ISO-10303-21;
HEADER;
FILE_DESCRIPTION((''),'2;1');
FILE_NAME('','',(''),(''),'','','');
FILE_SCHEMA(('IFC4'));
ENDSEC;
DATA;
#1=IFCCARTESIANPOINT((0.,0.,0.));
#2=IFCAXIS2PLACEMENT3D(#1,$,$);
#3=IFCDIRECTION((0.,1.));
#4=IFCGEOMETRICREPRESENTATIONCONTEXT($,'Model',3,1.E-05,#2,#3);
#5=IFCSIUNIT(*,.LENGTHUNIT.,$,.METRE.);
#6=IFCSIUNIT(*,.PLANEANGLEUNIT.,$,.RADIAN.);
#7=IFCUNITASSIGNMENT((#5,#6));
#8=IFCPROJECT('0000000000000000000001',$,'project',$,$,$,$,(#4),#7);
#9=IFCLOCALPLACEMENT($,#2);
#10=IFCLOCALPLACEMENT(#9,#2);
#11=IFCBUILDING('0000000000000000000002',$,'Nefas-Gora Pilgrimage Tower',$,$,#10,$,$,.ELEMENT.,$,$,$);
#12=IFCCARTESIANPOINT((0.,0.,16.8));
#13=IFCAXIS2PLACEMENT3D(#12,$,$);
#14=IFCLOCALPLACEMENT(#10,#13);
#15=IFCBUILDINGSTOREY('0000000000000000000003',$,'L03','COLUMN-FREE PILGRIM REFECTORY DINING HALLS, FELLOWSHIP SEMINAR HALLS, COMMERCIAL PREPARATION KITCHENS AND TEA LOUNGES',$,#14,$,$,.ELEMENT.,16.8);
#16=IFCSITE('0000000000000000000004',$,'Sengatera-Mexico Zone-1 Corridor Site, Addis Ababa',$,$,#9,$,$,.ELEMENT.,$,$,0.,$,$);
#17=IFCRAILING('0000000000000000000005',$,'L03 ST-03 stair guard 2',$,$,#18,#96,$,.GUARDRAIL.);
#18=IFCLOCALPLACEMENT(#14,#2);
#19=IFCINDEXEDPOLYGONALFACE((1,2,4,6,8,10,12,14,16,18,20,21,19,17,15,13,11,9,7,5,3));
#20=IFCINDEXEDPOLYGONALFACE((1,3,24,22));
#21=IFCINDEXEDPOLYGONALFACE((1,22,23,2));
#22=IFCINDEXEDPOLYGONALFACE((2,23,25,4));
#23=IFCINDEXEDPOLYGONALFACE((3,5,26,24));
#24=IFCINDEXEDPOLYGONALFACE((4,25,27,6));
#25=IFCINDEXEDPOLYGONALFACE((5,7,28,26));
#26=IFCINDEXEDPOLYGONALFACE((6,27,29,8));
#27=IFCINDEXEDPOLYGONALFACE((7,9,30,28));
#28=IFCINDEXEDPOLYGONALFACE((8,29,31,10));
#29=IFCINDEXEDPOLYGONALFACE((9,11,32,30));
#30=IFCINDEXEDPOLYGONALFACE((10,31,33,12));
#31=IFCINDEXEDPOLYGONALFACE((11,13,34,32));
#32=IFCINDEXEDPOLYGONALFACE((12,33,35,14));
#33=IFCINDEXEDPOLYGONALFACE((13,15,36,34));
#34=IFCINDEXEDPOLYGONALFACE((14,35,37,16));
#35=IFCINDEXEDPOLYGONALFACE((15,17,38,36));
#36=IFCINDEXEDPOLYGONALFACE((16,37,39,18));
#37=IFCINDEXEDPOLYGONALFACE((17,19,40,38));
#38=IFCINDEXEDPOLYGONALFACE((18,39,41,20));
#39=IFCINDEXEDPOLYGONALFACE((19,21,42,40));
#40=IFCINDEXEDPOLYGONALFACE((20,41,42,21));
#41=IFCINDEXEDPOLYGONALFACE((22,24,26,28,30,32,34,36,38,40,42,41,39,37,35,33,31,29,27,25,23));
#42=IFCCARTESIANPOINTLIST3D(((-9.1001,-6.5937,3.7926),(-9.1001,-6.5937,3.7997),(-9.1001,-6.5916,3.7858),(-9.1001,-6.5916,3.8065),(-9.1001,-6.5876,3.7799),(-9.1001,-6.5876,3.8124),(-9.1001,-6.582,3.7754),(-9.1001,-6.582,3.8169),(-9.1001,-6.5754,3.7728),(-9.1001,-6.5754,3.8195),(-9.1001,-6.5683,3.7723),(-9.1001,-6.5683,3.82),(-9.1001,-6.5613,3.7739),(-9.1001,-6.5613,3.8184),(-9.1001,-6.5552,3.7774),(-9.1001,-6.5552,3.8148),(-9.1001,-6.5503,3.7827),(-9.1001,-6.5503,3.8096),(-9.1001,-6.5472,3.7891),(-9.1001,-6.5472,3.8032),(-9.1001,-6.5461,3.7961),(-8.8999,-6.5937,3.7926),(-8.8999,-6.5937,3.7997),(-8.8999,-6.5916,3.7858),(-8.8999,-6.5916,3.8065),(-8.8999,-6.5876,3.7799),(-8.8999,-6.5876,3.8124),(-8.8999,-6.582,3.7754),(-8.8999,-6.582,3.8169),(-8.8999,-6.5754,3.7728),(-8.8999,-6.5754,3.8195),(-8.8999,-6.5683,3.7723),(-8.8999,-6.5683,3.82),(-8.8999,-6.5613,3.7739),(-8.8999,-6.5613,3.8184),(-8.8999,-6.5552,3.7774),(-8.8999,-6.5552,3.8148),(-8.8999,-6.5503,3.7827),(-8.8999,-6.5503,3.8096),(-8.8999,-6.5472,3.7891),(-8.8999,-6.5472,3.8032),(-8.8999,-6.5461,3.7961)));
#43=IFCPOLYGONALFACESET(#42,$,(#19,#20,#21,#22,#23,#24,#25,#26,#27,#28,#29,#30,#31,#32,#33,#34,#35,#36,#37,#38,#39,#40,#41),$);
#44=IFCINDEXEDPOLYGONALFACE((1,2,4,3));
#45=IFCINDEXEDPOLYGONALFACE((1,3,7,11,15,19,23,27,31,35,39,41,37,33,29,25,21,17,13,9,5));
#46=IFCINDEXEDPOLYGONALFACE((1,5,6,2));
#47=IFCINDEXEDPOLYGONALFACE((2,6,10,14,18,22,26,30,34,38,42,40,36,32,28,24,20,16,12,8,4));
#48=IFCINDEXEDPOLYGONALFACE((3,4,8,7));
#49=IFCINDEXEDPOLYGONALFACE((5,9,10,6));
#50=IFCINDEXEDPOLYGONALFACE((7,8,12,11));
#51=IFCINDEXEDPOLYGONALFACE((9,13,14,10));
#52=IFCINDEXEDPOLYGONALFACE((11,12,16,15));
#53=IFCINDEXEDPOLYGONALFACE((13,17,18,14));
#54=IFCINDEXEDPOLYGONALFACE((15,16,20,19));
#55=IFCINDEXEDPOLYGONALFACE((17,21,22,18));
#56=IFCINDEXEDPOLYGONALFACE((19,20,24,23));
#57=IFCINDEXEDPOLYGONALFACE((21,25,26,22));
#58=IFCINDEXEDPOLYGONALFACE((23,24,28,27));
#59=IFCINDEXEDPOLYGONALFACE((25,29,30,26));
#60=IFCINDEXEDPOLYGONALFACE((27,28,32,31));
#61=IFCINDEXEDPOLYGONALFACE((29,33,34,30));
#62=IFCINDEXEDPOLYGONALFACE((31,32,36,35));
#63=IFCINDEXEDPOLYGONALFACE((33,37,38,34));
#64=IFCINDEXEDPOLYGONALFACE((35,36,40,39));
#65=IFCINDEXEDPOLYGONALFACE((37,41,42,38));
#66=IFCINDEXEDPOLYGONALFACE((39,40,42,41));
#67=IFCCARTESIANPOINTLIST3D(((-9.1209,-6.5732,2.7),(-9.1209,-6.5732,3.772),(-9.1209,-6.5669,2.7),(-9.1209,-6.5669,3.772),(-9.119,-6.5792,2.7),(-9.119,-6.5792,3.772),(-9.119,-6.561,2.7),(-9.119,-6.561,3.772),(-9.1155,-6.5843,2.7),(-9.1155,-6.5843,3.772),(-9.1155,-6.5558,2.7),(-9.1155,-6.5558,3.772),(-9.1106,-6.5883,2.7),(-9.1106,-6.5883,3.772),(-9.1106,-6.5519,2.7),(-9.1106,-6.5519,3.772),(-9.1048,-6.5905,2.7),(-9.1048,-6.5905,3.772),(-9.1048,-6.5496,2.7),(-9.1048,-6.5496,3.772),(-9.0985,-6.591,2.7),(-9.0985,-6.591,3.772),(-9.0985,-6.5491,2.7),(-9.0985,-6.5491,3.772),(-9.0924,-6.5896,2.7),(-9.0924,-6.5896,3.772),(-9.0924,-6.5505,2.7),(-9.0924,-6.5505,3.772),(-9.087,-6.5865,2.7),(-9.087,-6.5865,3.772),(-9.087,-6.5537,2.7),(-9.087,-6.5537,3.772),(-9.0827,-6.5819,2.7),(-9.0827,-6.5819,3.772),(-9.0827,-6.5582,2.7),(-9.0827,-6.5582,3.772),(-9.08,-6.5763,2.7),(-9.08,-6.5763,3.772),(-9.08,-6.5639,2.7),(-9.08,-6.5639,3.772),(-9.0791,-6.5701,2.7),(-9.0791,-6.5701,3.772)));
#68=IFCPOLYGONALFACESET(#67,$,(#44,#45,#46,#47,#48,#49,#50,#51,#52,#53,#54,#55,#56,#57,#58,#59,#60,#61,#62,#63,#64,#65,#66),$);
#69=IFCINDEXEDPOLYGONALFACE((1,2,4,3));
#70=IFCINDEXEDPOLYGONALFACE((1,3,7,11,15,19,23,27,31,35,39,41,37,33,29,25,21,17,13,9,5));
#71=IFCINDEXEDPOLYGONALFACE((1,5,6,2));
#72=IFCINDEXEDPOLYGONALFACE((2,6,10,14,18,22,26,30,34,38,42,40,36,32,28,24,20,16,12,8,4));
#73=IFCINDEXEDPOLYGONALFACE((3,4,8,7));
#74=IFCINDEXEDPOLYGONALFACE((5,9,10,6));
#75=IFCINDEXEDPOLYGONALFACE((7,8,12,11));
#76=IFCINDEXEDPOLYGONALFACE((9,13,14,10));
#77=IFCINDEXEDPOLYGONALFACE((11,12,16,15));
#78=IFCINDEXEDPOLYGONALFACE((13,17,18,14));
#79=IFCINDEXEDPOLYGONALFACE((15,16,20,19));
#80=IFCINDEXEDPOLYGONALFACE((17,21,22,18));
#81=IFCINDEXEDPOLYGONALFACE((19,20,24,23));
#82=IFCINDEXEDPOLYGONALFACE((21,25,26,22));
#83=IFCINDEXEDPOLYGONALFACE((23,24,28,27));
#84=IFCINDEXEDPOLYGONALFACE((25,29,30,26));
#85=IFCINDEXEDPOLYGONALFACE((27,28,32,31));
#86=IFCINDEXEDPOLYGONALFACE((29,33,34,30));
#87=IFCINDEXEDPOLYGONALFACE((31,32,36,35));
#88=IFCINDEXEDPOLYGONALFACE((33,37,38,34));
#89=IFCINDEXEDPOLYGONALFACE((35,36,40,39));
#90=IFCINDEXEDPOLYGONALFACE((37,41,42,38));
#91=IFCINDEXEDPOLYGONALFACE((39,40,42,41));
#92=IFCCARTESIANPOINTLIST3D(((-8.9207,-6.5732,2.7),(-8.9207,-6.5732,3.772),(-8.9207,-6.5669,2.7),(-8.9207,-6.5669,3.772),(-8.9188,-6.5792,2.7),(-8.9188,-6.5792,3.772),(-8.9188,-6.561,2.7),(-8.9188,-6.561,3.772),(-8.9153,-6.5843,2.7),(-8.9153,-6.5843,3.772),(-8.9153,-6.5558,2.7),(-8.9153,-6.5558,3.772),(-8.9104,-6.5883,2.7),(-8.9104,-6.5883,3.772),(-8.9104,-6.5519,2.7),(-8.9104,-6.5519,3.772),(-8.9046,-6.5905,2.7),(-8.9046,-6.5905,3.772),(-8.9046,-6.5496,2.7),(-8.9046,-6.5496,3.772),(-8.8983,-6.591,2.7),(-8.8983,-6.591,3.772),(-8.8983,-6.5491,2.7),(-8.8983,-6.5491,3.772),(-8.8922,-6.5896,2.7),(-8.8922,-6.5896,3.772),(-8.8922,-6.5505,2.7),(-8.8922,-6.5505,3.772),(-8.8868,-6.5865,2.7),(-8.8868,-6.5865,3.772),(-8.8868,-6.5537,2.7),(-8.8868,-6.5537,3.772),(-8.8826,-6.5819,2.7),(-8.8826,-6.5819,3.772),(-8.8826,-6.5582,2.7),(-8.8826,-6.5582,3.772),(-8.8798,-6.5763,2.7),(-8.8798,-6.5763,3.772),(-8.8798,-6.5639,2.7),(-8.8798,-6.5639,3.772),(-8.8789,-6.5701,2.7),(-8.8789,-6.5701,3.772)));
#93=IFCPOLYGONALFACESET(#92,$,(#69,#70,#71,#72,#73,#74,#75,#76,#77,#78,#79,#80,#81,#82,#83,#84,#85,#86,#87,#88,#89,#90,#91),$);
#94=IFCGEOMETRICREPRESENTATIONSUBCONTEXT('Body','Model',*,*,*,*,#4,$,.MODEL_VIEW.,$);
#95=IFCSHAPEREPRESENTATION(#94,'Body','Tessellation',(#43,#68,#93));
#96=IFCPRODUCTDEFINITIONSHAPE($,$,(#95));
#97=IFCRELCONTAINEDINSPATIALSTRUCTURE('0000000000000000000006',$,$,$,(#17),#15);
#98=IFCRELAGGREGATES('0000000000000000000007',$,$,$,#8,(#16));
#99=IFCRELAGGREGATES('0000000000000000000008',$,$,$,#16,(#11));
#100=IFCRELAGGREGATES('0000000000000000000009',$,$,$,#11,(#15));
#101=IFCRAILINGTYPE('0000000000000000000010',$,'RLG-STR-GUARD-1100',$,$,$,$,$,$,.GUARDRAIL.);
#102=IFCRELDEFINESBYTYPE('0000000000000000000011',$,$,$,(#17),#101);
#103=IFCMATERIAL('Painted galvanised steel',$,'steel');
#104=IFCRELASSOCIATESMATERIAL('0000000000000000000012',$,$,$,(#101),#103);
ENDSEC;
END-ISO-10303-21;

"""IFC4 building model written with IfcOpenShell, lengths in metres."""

from ifc_helpers import new_model, si_unit, direction, frame, origin, origin_2d, place, context, subcontext, project, spatial, circle, extrude, material, type_object, element, save


model = new_model("IFC4")

# Units and contexts
model_context = context("Model", 3, precision=1e-05, world=origin(), true_north=direction((0.0, 1.0)))
body_context = subcontext(model_context, "Body", "Model", "MODEL_VIEW")
ifc_project = project(units=[si_unit("LENGTHUNIT", "METRE"), si_unit("PLANEANGLEUNIT", "RADIAN")], contexts=[model_context])

# Site, building, storey
site_placement = place(None, origin())
site = spatial("IfcSite", under=ifc_project, at=site_placement, Name="Sengatera-Mexico Zone-1 Corridor Site, Addis Ababa", CompositionType="ELEMENT", RefElevation=0.0)
building_placement = place(site_placement, origin())
building = spatial("IfcBuilding", under=site, at=building_placement, Name="Nefas-Gora Pilgrimage Tower", CompositionType="ELEMENT")
storey_placement = place(building_placement, frame((0.0, 0.0, 16.8)))
storey = spatial("IfcBuildingStorey", under=building, at=storey_placement, Name="L03", Description="COLUMN-FREE PILGRIM REFECTORY DINING HALLS, FELLOWSHIP SEMINAR HALLS, COMMERCIAL PREPARATION KITCHENS AND TEA LOUNGES", CompositionType="ELEMENT", Elevation=16.8)

# Railing
ifc_material_1 = material(Name="Painted galvanised steel", Category="steel")
railing_type = type_object("IfcRailingType", Name="RLG-STR-GUARD-1100", PredefinedType="GUARDRAIL", material=ifc_material_1)
railing_1_placement = place(storey_placement, frame((-9.1001, -6.5701, 2.7)))
element("IfcRailing", 1, at=railing_1_placement, inside=storey, type_object=railing_type, Name="L03 ST-03 stair guard 2", PredefinedType="GUARDRAIL", context=body_context, shape_type="SweptSolid", body=[
    extrude(circle(Radius=0.0239, at=origin_2d()), frame((0.0, 0.0, 1.0962), z_axis=(1.0, 0.0, 0.0), x_axis=(0.0, 1.0, 0.0)), (0.0, 0.0, 1.0), 0.2002),
    extrude(circle(Radius=0.021, at=origin_2d()), origin(), (0.0, 0.0, 1.0), 1.072),
    extrude(circle(Radius=0.021, at=origin_2d()), frame((0.2002, 0.0, 0.0)), (0.0, 0.0, 1.0), 1.072),
])

save(model, "model.ifc")
